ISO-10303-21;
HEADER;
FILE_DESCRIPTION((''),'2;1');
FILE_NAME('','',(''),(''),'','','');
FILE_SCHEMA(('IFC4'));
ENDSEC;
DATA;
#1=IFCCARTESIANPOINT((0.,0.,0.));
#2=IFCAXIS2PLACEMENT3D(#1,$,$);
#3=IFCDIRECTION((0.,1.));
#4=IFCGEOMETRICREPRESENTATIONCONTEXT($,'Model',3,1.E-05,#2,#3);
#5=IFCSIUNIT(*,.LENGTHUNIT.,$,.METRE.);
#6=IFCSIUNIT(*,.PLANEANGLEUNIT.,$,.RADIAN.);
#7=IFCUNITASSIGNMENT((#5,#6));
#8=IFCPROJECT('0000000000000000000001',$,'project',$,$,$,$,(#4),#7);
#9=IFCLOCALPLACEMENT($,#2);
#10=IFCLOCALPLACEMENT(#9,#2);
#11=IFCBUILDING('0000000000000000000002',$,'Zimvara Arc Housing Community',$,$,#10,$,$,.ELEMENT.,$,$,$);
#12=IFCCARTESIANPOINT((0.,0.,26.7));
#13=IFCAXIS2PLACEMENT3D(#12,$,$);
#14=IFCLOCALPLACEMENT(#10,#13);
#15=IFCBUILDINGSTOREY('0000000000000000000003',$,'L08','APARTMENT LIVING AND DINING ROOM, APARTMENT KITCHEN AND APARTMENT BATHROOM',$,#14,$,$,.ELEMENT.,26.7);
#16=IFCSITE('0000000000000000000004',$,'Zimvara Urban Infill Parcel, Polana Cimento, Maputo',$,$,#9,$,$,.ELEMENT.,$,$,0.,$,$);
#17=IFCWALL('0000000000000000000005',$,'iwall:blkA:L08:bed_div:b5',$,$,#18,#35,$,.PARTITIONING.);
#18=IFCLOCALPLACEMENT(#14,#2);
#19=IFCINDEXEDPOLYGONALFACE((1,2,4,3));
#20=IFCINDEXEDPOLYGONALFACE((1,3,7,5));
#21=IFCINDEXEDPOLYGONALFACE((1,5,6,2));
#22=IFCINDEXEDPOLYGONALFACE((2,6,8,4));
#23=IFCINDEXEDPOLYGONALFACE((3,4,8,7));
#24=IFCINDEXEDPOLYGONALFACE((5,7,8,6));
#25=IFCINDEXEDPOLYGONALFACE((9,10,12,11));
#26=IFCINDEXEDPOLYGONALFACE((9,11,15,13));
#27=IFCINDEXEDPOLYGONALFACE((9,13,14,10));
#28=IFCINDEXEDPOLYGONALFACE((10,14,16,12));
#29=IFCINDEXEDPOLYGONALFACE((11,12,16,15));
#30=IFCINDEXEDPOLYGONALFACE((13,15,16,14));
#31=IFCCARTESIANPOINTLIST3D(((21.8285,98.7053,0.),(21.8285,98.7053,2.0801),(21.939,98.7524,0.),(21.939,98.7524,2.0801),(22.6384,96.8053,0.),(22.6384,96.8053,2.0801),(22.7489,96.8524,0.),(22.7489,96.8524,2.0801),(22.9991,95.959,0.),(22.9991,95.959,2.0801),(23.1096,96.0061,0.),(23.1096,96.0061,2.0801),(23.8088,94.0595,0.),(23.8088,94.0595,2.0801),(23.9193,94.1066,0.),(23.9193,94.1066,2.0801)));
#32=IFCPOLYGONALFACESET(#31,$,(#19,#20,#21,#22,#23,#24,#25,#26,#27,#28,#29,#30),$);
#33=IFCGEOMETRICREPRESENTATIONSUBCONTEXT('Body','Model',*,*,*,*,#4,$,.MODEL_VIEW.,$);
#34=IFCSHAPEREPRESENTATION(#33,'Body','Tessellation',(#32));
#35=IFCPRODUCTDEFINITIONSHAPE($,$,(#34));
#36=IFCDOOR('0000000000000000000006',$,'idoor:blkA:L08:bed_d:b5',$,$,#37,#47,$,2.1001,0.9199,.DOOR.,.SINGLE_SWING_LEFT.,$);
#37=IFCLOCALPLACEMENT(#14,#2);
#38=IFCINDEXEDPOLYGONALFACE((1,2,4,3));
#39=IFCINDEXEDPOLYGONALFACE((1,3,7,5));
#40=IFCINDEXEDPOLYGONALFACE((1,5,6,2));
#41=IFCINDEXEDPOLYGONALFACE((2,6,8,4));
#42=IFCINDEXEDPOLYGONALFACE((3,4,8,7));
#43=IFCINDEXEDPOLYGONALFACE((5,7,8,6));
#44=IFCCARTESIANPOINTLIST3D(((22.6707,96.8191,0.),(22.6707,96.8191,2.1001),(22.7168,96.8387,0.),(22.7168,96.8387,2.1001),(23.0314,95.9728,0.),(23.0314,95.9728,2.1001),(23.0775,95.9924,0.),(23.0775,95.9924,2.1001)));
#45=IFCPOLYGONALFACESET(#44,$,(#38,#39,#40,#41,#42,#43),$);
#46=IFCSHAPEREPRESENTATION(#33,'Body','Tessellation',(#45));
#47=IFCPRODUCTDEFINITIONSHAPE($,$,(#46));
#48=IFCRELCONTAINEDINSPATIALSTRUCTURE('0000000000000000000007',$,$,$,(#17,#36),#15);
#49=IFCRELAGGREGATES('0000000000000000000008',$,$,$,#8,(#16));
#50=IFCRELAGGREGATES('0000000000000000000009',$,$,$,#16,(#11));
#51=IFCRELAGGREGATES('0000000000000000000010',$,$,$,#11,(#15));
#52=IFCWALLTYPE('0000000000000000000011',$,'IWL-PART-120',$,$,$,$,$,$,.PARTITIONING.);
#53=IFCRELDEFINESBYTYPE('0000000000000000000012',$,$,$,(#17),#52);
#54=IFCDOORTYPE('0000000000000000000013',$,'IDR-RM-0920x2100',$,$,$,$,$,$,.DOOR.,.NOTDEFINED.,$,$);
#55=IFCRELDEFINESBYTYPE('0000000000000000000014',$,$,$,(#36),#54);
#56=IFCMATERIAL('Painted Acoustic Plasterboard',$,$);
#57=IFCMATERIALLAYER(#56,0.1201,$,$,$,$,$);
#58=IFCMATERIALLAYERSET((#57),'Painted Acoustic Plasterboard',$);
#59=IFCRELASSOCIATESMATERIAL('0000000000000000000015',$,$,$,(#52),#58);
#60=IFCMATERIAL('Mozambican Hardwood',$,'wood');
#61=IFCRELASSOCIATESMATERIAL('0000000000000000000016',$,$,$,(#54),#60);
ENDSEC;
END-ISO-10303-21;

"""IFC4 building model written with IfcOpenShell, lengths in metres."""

from ifc_helpers import new_model, si_unit, direction, frame, frame_2d, origin, place, context, subcontext, project, spatial, rectangle, extrude, material, layer, layer_set, type_object, element, fill, save


model = new_model("IFC4")

# Units and contexts
model_context = context("Model", 3, precision=1e-05, world=origin(), true_north=direction((0.0, 1.0)))
body_context = subcontext(model_context, "Body", "Model", "MODEL_VIEW")
ifc_project = project(units=[si_unit("LENGTHUNIT", "METRE"), si_unit("PLANEANGLEUNIT", "RADIAN")], contexts=[model_context])

# Site, building, storey
site_placement = place(None, origin())
site = spatial("IfcSite", under=ifc_project, at=site_placement, Name="Zimvara Urban Infill Parcel, Polana Cimento, Maputo", CompositionType="ELEMENT", RefElevation=0.0)
building_placement = place(site_placement, origin())
building = spatial("IfcBuilding", under=site, at=building_placement, Name="Zimvara Arc Housing Community", CompositionType="ELEMENT")
storey_placement = place(building_placement, frame((0.0, 0.0, 26.7)))
storey = spatial("IfcBuildingStorey", under=building, at=storey_placement, Name="L08", Description="APARTMENT LIVING AND DINING ROOM, APARTMENT KITCHEN AND APARTMENT BATHROOM", CompositionType="ELEMENT", Elevation=26.7)

# Shared definitions
ifc_material_1 = material(Name="Painted Acoustic Plasterboard")
ifc_layer_1 = layer(ifc_material_1, 0.1201)
ifc_layer_set_1 = layer_set([ifc_layer_1], Name="Painted Acoustic Plasterboard")
wall_type_1 = type_object("IfcWallType", Name="IWL-PART-120", PredefinedType="PARTITIONING", material=ifc_layer_set_1)

# Wall, opening, door
wall_1_placement = place(storey_placement, frame((23.864, 94.083, 0.0), z_axis=(0.0, 0.0, 1.0), x_axis=(-0.39211, 0.919918, 0.0)))
wall_1 = element("IfcWall", 1, at=wall_1_placement, inside=storey, type_object=wall_type_1, Name="iwall:blkA:L08:bed_div:b5", PredefinedType="PARTITIONING", context=body_context, shape_type="SweptSolid", body=[
    extrude(rectangle(XDim=5.0503, YDim=0.1201, at=frame_2d((2.5251, 0.0))), origin(), (0.0, 0.0, 1.0), 2.0801),
])
opening_1_placement = place(wall_1_placement, frame((2.0649, 0.0, 0.0)))
opening_1 = element("IfcOpeningElement", 2, at=opening_1_placement, cuts=wall_1, PredefinedType="OPENING", context=body_context, shape_type="SweptSolid", body=[
    extrude(rectangle(XDim=0.9199, YDim=2.1001, at=frame_2d((0.46, 1.05))), frame((0.0, 0.0701, 0.0), z_axis=(0.0, -1.0, 0.0), x_axis=(1.0, 0.0, 0.0)), (0.0, 0.0, 1.0), 0.1401),
])
ifc_material_2 = material(Name="Mozambican Hardwood", Category="wood")
door_type_1 = type_object("IfcDoorType", Name="IDR-RM-0920x2100", OperationType="NOTDEFINED", PredefinedType="DOOR", material=ifc_material_2)
door_1_placement = place(opening_1_placement, origin())
door_1 = element("IfcDoor", 3, at=door_1_placement, inside=storey, type_object=door_type_1, Name="idoor:blkA:L08:bed_d:b5", OperationType="SINGLE_SWING_LEFT", OverallHeight=2.1001, OverallWidth=0.9199, PredefinedType="DOOR", context=body_context, shape_type="SweptSolid", body=[
    extrude(rectangle(XDim=0.9199, YDim=2.1001, at=frame_2d((0.46, 1.05))), frame((0.0, 0.0249, 0.0), z_axis=(0.0, -1.0, 0.0), x_axis=(1.0, 0.0, 0.0)), (0.0, 0.0, 1.0), 0.05),
])
fill(opening_1, door_1)

save(model, "model.ifc")
